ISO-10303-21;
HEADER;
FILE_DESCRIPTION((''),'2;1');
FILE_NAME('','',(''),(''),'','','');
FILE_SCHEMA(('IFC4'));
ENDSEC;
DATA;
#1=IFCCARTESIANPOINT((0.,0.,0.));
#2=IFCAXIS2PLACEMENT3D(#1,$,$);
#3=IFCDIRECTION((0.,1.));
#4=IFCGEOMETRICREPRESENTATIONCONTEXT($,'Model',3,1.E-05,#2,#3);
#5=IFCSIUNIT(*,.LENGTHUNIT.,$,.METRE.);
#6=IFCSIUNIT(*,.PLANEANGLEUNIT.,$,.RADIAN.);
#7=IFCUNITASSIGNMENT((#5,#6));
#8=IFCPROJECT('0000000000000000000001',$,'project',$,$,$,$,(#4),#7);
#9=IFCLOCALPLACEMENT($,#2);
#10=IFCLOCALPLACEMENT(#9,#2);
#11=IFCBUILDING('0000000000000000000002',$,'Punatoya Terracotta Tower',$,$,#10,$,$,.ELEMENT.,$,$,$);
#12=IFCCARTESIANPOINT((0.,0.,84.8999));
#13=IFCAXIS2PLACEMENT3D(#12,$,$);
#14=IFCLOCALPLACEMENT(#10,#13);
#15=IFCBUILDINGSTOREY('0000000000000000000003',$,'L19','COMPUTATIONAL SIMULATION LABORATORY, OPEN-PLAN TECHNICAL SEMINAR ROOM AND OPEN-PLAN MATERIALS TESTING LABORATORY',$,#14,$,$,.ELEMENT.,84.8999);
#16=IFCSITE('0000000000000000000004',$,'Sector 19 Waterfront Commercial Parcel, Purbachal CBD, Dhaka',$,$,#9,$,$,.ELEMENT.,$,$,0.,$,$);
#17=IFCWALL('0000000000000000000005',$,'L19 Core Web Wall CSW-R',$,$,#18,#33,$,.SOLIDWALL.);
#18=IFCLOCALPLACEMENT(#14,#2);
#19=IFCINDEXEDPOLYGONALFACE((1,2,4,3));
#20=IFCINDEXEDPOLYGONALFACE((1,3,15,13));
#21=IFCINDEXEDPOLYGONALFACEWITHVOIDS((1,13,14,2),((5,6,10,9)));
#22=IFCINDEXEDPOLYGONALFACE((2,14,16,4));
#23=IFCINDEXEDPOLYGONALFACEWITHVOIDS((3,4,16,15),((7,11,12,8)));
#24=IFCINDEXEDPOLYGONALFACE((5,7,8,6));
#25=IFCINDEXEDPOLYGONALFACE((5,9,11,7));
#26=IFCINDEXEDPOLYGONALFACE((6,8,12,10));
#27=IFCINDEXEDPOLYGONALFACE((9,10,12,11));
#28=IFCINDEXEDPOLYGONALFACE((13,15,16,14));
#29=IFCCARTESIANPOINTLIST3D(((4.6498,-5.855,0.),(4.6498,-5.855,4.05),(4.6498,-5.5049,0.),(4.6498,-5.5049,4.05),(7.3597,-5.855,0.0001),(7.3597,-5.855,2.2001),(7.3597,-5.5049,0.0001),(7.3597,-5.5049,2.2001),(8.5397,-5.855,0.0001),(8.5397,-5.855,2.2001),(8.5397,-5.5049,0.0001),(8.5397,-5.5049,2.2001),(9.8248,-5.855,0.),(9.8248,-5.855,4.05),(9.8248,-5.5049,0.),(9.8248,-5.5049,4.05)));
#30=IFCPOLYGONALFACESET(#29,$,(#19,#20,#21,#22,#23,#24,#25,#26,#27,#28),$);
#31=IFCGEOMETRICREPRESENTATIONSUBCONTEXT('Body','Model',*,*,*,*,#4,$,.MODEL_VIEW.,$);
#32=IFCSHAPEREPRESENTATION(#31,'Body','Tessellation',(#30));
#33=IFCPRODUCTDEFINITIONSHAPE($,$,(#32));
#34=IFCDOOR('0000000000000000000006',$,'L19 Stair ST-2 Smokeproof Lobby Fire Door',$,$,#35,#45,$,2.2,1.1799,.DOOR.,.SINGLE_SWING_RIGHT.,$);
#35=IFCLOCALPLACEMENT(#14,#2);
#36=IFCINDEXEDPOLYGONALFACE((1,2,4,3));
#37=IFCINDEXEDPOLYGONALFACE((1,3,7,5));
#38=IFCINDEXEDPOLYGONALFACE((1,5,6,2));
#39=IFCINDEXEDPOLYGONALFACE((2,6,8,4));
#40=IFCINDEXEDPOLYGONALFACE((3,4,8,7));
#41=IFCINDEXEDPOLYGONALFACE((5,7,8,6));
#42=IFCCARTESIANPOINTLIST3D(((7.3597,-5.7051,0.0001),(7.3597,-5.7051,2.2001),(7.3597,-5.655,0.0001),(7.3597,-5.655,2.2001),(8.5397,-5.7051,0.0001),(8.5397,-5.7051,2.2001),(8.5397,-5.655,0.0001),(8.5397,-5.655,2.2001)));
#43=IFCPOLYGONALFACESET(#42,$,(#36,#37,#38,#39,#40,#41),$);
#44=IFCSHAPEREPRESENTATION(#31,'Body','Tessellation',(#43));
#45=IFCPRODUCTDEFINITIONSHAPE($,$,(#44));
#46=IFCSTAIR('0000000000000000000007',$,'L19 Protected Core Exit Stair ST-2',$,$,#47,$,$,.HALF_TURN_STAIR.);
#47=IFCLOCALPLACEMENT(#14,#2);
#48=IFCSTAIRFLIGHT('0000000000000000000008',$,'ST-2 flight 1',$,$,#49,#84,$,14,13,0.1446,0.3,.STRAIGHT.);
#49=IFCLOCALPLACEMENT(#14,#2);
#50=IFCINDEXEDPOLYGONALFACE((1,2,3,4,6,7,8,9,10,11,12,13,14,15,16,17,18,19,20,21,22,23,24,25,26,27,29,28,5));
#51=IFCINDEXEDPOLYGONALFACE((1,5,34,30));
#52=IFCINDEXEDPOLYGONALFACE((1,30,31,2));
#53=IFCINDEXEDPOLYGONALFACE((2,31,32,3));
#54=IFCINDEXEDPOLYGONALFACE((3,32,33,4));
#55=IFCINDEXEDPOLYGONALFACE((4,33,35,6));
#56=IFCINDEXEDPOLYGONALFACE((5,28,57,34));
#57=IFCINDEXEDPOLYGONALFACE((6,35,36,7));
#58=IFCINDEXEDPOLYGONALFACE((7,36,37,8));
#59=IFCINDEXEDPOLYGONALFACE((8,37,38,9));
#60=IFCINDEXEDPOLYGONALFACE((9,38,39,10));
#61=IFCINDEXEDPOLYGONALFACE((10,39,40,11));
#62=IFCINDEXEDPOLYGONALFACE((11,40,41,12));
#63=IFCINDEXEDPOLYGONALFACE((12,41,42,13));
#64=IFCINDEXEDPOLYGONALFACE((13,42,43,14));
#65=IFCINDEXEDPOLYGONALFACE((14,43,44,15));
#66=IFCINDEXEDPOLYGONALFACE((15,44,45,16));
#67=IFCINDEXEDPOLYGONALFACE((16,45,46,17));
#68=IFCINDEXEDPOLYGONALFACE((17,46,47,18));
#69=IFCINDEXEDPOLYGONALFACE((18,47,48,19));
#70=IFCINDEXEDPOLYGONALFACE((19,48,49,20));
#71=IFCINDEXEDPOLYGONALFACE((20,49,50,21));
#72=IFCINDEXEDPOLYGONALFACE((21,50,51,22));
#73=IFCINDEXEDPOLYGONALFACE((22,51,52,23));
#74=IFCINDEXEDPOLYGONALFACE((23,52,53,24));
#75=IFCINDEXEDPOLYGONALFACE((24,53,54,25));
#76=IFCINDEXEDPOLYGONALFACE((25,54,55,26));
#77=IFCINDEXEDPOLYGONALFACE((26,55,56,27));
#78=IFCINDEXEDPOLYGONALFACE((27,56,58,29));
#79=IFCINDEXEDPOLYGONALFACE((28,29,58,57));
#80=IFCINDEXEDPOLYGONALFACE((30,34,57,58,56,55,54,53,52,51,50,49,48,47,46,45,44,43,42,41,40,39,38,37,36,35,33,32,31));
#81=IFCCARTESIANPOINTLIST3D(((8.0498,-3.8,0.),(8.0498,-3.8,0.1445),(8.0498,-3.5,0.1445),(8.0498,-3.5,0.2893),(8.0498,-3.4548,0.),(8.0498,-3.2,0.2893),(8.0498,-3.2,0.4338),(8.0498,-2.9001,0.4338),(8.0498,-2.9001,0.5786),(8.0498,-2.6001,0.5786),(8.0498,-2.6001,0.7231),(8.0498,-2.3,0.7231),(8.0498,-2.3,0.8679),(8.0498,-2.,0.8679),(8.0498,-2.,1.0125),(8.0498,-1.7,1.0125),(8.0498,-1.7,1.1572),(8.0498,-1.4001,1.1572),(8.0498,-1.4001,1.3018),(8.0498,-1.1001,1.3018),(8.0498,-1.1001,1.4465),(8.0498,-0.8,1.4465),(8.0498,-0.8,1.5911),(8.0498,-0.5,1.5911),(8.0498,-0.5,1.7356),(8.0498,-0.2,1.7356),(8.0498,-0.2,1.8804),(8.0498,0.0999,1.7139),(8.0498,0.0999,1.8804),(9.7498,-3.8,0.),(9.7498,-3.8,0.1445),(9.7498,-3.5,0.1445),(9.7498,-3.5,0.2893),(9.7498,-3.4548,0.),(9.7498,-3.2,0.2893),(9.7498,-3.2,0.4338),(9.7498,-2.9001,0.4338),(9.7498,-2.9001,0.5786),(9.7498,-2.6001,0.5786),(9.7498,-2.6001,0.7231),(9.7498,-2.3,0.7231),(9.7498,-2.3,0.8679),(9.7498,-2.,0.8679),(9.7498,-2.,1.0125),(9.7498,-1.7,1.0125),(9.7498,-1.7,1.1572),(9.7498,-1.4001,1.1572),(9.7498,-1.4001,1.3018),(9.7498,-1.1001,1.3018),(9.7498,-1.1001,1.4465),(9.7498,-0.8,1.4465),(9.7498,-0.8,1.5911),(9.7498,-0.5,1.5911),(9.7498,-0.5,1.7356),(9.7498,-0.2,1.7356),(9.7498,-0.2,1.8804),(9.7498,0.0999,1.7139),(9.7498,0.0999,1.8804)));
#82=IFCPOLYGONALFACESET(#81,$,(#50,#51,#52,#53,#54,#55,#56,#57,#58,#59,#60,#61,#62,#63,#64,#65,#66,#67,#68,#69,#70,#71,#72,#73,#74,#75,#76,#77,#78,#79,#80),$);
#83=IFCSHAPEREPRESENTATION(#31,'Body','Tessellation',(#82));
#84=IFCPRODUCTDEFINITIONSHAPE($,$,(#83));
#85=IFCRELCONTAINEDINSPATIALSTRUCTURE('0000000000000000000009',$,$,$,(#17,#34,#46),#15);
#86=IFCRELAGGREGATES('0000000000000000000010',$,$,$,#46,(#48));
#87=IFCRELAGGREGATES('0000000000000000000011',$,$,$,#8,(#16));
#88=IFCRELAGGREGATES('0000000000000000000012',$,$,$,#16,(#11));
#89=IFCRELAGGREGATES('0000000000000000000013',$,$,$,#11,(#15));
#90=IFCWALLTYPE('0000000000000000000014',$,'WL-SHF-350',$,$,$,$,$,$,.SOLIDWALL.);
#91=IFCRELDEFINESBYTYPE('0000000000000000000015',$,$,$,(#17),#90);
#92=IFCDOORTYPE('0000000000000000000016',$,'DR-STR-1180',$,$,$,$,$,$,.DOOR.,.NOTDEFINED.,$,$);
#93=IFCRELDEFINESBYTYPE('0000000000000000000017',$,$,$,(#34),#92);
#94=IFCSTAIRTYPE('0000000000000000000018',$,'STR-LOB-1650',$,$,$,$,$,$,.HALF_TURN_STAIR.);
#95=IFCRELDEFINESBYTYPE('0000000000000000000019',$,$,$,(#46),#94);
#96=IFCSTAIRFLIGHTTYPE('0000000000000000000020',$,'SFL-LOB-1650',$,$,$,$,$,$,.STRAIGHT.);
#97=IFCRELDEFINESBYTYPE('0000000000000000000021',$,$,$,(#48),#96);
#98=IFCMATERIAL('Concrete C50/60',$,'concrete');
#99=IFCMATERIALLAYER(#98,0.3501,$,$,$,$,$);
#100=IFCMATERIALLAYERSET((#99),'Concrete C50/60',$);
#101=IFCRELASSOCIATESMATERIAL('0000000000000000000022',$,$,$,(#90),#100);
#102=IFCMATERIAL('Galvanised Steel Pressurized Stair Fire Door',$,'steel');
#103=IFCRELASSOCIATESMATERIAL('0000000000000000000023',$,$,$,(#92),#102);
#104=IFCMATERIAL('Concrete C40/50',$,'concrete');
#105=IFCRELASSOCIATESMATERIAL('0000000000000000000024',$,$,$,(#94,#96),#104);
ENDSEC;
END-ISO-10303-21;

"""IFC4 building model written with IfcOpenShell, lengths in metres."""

from ifc_helpers import new_model, si_unit, direction, frame, frame_2d, origin, place, context, subcontext, project, spatial, polyline, rectangle, outline, extrude, material, layer, layer_set, type_object, element, fill, aggregate, save


model = new_model("IFC4")

# Units and contexts
model_context = context("Model", 3, precision=1e-05, world=origin(), true_north=direction((0.0, 1.0)))
body_context = subcontext(model_context, "Body", "Model", "MODEL_VIEW")
ifc_project = project(units=[si_unit("LENGTHUNIT", "METRE"), si_unit("PLANEANGLEUNIT", "RADIAN")], contexts=[model_context])

# Site, building, storey
site_placement = place(None, origin())
site = spatial("IfcSite", under=ifc_project, at=site_placement, Name="Sector 19 Waterfront Commercial Parcel, Purbachal CBD, Dhaka", CompositionType="ELEMENT", RefElevation=0.0)
building_placement = place(site_placement, origin())
building = spatial("IfcBuilding", under=site, at=building_placement, Name="Punatoya Terracotta Tower", CompositionType="ELEMENT")
storey_placement = place(building_placement, frame((0.0, 0.0, 84.8999)))
storey = spatial("IfcBuildingStorey", under=building, at=storey_placement, Name="L19", Description="COMPUTATIONAL SIMULATION LABORATORY, OPEN-PLAN TECHNICAL SEMINAR ROOM AND OPEN-PLAN MATERIALS TESTING LABORATORY", CompositionType="ELEMENT", Elevation=84.8999)

# Shared definitions
ifc_material_1 = material(Name="Concrete C40/50", Category="concrete")

# Wall, opening, door
ifc_material_2 = material(Name="Concrete C50/60", Category="concrete")
ifc_layer_1 = layer(ifc_material_2, 0.3501)
ifc_layer_set_1 = layer_set([ifc_layer_1], Name="Concrete C50/60")
wall_type_1 = type_object("IfcWallType", Name="WL-SHF-350", PredefinedType="SOLIDWALL", material=ifc_layer_set_1)
wall_1_placement = place(storey_placement, frame((4.6499, -5.6799, 0.0), z_axis=(0.0, 0.0, 1.0), x_axis=(1.0, 0.0, 0.0)))
wall_1 = element("IfcWall", 1, at=wall_1_placement, inside=storey, type_object=wall_type_1, Name="L19 Core Web Wall CSW-R", PredefinedType="SOLIDWALL", context=body_context, shape_type="SweptSolid", body=[
    extrude(rectangle(XDim=5.175, YDim=0.3501, at=frame_2d((2.5874, 0.0))), origin(), (0.0, 0.0, 1.0), 4.05),
])
opening_1_placement = place(wall_1_placement, frame((2.71, 0.0, 0.0)))
opening_1 = element("IfcOpeningElement", 2, at=opening_1_placement, cuts=wall_1, PredefinedType="OPENING", context=body_context, shape_type="SweptSolid", body=[
    extrude(rectangle(XDim=1.1799, YDim=2.2, at=frame_2d((0.5898, 1.1001))), frame((0.0, 0.1851, 0.0), z_axis=(0.0, -1.0, 0.0), x_axis=(1.0, 0.0, 0.0)), (0.0, 0.0, 1.0), 0.3701),
])
ifc_material_3 = material(Name="Galvanised Steel Pressurized Stair Fire Door", Category="steel")
door_type_1 = type_object("IfcDoorType", Name="DR-STR-1180", OperationType="NOTDEFINED", PredefinedType="DOOR", material=ifc_material_3)
door_1_placement = place(opening_1_placement, origin())
door_1 = element("IfcDoor", 3, at=door_1_placement, inside=storey, type_object=door_type_1, Name="L19 Stair ST-2 Smokeproof Lobby Fire Door", OperationType="SINGLE_SWING_RIGHT", OverallHeight=2.2, OverallWidth=1.1799, PredefinedType="DOOR", context=body_context, shape_type="SweptSolid", body=[
    extrude(rectangle(XDim=1.1799, YDim=2.2, at=frame_2d((0.5898, 1.1001))), frame((0.0, 0.0249, 0.0), z_axis=(0.0, -1.0, 0.0), x_axis=(1.0, 0.0, 0.0)), (0.0, 0.0, 1.0), 0.05),
])
fill(opening_1, door_1)

# Stair, stair flight
stair_type = type_object("IfcStairType", Name="STR-LOB-1650", PredefinedType="HALF_TURN_STAIR", material=ifc_material_1)
stair_placement = place(storey_placement, origin())
stair = element("IfcStair", 4, at=stair_placement, inside=storey, type_object=stair_type, Name="L19 Protected Core Exit Stair ST-2", PredefinedType="HALF_TURN_STAIR")
stair_flight_type = type_object("IfcStairFlightType", Name="SFL-LOB-1650", PredefinedType="STRAIGHT", material=ifc_material_1)
stair_flight_placement = place(storey_placement, frame((8.8999, -3.8, 0.0), z_axis=(0.0, 0.0, 1.0), x_axis=(0.0, 1.0, 0.0)))
stair_flight = element("IfcStairFlight", 5, at=stair_flight_placement, type_object=stair_flight_type, Name="ST-2 flight 1", NumberOfRisers=14, NumberOfTreads=13, PredefinedType="STRAIGHT", RiserHeight=0.1446, TreadLength=0.3, context=body_context, shape_type="SweptSolid", body=[
    extrude(outline(polyline([(0.0, 0.0), (0.0, 0.1445), (0.3, 0.1445), (0.3, 0.2893), (0.6001, 0.2893), (0.6001, 0.4338), (0.8999, 0.4338), (0.8999, 0.5786), (1.2, 0.5786), (1.2, 0.7231), (1.5, 0.7231), (1.5, 0.8679), (1.8, 0.8679), (1.8, 1.0125), (2.1001, 1.0125), (2.1001, 1.1572), (2.3999, 1.1572), (2.3999, 1.3018), (2.7, 1.3018), (2.7, 1.4465), (3.0, 1.4465), (3.0, 1.5911), (3.3, 1.5911), (3.3, 1.7356), (3.6001, 1.7356), (3.6001, 1.8804), (3.8999, 1.8804), (3.8999, 2.0249), (3.8999, 1.7139), (0.3452, 0.0), (0.0, 0.0)])), frame((0.0, 0.8501, 0.0), z_axis=(0.0, -1.0, 0.0), x_axis=(1.0, 0.0, 0.0)), (0.0, 0.0, 1.0), 1.7),
])
aggregate(stair, [stair_flight])

save(model, "model.ifc")
